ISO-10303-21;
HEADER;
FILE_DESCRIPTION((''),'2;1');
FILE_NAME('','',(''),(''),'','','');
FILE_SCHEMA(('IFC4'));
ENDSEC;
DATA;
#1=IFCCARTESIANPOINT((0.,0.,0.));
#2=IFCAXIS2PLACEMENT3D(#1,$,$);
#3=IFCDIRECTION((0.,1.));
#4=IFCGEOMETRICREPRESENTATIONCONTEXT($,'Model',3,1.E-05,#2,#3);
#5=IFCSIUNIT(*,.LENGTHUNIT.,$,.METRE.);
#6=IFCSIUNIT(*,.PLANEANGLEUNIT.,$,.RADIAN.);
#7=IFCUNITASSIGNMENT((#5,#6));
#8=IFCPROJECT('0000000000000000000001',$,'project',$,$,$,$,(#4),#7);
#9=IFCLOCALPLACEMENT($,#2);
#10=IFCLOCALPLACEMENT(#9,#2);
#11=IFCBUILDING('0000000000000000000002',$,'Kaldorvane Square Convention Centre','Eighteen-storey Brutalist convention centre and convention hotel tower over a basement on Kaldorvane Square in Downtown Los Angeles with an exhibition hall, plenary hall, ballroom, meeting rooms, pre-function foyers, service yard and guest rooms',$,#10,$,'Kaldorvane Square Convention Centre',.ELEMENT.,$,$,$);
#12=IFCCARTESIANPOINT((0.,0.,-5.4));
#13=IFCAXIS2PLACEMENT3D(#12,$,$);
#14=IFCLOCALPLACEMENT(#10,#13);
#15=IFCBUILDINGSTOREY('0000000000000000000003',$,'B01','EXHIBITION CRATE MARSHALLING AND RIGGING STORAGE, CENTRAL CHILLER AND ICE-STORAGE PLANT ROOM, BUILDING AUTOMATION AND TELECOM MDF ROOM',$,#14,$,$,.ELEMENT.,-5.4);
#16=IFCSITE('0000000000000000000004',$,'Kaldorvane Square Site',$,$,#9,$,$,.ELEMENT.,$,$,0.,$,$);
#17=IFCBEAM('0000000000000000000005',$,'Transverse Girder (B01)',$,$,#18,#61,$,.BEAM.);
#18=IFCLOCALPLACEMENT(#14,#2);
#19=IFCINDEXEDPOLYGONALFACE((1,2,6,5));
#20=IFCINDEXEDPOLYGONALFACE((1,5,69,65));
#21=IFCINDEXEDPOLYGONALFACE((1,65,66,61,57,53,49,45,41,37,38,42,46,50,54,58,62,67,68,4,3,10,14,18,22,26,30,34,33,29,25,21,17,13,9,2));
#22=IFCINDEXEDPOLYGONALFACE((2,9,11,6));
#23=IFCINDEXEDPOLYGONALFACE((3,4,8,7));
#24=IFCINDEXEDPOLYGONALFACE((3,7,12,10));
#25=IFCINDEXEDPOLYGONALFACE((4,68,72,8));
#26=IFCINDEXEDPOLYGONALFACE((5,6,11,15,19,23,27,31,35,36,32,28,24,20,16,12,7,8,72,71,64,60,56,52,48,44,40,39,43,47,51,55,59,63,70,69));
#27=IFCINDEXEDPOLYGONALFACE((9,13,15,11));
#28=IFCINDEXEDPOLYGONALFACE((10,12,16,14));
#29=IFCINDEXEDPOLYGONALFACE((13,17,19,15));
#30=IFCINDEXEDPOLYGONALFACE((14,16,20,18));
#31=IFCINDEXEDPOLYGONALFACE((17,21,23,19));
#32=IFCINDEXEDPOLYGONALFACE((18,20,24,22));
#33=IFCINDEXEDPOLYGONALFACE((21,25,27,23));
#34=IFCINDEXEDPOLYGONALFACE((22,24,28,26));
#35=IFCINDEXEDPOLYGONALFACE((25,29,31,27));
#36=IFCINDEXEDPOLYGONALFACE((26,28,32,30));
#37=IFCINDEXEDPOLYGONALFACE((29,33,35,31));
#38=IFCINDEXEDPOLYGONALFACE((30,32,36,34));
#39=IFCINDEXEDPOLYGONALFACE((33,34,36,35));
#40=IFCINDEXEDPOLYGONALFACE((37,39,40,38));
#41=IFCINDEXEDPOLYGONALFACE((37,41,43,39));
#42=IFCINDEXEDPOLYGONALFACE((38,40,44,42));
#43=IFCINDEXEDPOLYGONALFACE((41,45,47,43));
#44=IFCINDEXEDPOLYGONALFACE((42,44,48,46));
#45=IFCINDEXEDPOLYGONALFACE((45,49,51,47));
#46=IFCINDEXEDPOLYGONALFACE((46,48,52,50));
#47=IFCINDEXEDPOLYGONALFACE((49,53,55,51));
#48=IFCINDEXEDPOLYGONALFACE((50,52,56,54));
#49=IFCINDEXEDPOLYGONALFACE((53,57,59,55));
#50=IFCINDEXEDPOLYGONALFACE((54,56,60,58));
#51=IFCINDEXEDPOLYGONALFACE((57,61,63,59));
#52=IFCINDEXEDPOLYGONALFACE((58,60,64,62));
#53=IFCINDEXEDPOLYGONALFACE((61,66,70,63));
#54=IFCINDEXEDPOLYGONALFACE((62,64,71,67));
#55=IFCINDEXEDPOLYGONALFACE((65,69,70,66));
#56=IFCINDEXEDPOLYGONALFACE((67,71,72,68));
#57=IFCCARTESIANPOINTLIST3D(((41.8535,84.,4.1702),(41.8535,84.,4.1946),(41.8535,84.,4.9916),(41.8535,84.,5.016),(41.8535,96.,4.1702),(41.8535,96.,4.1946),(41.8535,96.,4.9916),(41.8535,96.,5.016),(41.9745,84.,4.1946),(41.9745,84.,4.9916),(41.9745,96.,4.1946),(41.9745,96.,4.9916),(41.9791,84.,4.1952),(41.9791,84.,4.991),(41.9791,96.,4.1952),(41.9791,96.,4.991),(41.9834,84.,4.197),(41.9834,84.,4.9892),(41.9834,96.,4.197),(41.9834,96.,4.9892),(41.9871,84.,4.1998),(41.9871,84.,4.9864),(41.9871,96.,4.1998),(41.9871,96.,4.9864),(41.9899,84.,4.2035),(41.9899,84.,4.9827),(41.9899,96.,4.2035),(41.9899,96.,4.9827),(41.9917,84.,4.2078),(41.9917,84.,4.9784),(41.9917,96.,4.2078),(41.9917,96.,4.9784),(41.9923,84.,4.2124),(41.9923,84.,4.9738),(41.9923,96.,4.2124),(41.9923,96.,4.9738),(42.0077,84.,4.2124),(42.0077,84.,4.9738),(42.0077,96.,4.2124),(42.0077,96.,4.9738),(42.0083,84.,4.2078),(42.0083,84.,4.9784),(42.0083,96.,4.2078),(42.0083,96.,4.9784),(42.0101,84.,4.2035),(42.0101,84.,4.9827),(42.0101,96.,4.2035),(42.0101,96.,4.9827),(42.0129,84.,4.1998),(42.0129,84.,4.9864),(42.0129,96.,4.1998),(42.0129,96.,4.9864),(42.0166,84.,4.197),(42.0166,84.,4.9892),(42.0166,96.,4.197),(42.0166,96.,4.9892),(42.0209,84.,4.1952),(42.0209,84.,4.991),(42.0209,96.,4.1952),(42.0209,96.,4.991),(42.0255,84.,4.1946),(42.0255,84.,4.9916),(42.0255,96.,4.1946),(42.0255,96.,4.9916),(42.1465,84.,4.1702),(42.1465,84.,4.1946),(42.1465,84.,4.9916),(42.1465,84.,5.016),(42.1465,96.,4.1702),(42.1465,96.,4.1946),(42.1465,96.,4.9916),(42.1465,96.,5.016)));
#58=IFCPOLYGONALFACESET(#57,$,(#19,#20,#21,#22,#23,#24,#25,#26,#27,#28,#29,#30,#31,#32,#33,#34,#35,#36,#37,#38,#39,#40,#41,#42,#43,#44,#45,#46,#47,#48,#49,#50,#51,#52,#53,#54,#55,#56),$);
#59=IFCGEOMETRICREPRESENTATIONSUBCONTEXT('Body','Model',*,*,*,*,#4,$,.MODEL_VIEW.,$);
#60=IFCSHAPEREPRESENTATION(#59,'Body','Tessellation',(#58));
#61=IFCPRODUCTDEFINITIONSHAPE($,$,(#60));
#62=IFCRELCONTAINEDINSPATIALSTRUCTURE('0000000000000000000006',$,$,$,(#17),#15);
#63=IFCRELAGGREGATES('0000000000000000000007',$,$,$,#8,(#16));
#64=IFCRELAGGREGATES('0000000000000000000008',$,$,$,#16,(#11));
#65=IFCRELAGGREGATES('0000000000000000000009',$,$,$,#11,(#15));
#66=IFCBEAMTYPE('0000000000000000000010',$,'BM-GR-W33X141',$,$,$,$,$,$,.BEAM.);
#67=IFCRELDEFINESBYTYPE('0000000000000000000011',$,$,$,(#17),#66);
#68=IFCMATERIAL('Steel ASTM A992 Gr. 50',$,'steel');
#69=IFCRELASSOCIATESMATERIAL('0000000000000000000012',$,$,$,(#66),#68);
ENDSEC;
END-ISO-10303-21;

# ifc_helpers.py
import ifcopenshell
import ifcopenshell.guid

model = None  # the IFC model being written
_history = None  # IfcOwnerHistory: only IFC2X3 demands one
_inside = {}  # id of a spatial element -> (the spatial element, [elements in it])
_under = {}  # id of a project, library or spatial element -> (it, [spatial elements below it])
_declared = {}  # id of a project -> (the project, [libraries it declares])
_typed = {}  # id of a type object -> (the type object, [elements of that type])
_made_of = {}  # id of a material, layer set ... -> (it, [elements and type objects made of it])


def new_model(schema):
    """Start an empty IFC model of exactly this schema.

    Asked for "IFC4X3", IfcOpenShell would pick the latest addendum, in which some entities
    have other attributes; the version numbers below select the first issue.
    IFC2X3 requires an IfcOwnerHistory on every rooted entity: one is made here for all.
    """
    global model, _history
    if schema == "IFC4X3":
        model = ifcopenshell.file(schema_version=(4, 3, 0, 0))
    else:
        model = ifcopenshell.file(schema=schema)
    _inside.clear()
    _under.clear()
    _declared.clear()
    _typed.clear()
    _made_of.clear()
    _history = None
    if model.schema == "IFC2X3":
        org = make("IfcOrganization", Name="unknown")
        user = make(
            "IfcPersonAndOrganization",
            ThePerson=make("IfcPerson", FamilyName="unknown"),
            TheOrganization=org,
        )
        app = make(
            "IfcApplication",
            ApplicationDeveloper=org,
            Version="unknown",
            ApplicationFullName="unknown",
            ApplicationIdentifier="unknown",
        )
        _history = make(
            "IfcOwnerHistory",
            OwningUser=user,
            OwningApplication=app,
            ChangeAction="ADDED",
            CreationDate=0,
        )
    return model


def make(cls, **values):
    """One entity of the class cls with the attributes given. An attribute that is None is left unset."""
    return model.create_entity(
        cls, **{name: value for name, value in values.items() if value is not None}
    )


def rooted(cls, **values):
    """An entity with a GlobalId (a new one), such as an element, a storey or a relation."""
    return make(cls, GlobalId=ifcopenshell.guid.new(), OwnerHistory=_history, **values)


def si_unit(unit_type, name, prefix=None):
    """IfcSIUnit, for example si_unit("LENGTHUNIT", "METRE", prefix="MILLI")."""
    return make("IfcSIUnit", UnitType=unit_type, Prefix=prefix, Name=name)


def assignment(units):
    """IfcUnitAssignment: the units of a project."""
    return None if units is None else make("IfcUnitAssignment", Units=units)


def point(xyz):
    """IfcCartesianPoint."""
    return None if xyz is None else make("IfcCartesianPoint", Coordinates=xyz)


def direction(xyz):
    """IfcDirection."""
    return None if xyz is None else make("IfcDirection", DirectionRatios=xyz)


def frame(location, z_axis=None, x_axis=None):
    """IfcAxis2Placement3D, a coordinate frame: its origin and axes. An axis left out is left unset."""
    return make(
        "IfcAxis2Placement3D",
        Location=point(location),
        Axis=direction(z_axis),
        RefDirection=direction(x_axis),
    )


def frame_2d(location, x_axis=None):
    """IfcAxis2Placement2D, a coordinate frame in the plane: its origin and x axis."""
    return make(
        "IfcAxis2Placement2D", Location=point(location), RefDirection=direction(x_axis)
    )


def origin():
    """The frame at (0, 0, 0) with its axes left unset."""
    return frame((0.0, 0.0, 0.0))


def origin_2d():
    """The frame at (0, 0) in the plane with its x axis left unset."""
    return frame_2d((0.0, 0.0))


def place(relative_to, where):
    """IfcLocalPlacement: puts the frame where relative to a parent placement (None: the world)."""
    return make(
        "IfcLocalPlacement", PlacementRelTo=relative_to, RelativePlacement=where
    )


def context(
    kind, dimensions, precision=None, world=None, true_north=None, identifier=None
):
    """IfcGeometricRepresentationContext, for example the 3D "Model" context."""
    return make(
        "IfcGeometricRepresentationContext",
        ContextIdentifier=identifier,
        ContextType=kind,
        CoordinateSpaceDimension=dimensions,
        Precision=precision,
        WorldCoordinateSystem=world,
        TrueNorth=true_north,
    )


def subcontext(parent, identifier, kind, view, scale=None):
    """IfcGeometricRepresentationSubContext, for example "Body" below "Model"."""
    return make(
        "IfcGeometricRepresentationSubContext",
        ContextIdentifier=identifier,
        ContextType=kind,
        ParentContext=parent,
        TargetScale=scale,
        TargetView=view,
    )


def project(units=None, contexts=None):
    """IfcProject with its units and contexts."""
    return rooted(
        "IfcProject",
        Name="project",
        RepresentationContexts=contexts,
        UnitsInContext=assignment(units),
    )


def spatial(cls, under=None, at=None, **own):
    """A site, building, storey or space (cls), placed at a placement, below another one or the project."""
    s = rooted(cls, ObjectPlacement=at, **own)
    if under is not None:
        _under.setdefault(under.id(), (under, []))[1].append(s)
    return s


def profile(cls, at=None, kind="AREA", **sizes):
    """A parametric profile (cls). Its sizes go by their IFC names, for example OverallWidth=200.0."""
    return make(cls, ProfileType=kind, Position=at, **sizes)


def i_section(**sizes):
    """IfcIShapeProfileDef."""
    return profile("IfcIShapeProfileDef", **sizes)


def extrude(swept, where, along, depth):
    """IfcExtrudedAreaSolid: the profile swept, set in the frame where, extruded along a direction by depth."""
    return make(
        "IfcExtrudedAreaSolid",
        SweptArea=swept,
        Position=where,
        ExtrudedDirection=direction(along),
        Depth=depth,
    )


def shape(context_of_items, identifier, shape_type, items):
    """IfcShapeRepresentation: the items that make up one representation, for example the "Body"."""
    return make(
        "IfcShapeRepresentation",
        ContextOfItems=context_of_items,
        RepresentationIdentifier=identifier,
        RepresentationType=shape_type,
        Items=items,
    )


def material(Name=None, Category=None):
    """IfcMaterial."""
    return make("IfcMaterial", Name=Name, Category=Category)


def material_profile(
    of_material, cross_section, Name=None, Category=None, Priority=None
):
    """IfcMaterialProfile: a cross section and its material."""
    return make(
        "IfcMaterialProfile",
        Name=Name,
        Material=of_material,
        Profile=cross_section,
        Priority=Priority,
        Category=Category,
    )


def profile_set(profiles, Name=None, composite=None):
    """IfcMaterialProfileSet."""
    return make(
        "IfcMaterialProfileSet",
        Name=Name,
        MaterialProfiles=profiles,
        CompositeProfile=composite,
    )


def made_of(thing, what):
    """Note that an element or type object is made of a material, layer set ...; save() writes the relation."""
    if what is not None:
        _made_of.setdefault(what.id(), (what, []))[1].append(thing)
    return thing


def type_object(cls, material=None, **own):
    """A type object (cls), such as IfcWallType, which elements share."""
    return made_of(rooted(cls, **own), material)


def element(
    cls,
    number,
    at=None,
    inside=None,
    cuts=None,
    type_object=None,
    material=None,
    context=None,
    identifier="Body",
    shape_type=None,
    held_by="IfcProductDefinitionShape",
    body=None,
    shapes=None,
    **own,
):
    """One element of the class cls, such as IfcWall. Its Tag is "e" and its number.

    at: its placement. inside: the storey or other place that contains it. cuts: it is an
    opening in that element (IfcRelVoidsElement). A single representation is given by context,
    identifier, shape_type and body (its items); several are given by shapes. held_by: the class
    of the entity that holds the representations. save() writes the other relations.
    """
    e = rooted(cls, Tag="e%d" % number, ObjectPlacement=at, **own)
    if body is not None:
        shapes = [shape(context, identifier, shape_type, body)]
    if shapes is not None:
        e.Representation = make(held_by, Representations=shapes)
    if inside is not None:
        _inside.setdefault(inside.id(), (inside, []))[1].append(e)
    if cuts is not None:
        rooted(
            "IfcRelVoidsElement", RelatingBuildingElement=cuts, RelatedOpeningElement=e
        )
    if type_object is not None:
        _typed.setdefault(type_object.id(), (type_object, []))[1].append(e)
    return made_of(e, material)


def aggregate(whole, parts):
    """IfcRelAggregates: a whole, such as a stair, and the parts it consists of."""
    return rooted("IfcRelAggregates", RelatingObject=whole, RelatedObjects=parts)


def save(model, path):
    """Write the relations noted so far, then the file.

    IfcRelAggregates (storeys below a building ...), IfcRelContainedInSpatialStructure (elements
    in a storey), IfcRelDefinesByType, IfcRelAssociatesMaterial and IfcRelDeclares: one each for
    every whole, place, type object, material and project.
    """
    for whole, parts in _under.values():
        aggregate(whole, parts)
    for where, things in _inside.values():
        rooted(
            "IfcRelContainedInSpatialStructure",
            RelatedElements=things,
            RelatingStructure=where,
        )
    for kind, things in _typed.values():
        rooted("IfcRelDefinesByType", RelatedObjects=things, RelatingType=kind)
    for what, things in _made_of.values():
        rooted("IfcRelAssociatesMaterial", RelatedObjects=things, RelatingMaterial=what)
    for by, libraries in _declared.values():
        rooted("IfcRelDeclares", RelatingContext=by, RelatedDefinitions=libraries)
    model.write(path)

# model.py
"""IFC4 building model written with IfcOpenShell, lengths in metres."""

from ifc_helpers import new_model, si_unit, direction, frame, origin, origin_2d, place, context, subcontext, project, spatial, i_section, extrude, material, material_profile, profile_set, type_object, element, save


model = new_model("IFC4")

# Units and contexts
model_context = context("Model", 3, precision=1e-05, world=origin(), true_north=direction((0.0, 1.0)))
body_context = subcontext(model_context, "Body", "Model", "MODEL_VIEW")
ifc_project = project(units=[si_unit("LENGTHUNIT", "METRE"), si_unit("PLANEANGLEUNIT", "RADIAN")], contexts=[model_context])

# Site, building, storey
site_placement = place(None, origin())
site = spatial("IfcSite", under=ifc_project, at=site_placement, Name="Kaldorvane Square Site", CompositionType="ELEMENT", RefElevation=0.0)
building_placement = place(site_placement, origin())
building = spatial("IfcBuilding", under=site, at=building_placement, Name="Kaldorvane Square Convention Centre", Description="Eighteen-storey Brutalist convention centre and convention hotel tower over a basement on Kaldorvane Square in Downtown Los Angeles with an exhibition hall, plenary hall, ballroom, meeting rooms, pre-function foyers, service yard and guest rooms", LongName="Kaldorvane Square Convention Centre", CompositionType="ELEMENT")
storey_placement = place(building_placement, frame((0.0, 0.0, -5.4)))
storey = spatial("IfcBuildingStorey", under=building, at=storey_placement, Name="B01", Description="EXHIBITION CRATE MARSHALLING AND RIGGING STORAGE, CENTRAL CHILLER AND ICE-STORAGE PLANT ROOM, BUILDING AUTOMATION AND TELECOM MDF ROOM", CompositionType="ELEMENT", Elevation=-5.4)

# Shared definitions
ifc_material_1 = material(Name="Steel ASTM A992 Gr. 50", Category="steel")

# Beam
ifc_material_profile_1 = material_profile(ifc_material_1, i_section(OverallWidth=0.293, OverallDepth=0.8458, WebThickness=0.0154, FlangeThickness=0.0244, FilletRadius=0.0178, at=origin_2d()), Name="W33X141")
ifc_profile_set_1 = profile_set([ifc_material_profile_1], Name="Steel ASTM A992 Gr. 50")
beam_type_1 = type_object("IfcBeamType", Name="BM-GR-W33X141", PredefinedType="BEAM", material=ifc_profile_set_1)
for number, where, z_axis, x_axis, name in (
    (1, (42.0, 84.0, 4.5931), (0.0, 1.0, 0.0), (-1.0, 0.0, 0.0), "Transverse Girder (B01)"),
):
    element("IfcBeam", number, at=place(storey_placement, frame(where, z_axis=z_axis, x_axis=x_axis)), inside=storey, type_object=beam_type_1, Name=name, PredefinedType="BEAM", context=body_context, shape_type="SweptSolid", body=[
        extrude(i_section(OverallWidth=0.293, OverallDepth=0.8458, WebThickness=0.0154, FlangeThickness=0.0244, FilletRadius=0.0178, at=origin_2d()), origin(), (0.0, 0.0, 1.0), 12.0),
    ])

save(model, "model.ifc")
